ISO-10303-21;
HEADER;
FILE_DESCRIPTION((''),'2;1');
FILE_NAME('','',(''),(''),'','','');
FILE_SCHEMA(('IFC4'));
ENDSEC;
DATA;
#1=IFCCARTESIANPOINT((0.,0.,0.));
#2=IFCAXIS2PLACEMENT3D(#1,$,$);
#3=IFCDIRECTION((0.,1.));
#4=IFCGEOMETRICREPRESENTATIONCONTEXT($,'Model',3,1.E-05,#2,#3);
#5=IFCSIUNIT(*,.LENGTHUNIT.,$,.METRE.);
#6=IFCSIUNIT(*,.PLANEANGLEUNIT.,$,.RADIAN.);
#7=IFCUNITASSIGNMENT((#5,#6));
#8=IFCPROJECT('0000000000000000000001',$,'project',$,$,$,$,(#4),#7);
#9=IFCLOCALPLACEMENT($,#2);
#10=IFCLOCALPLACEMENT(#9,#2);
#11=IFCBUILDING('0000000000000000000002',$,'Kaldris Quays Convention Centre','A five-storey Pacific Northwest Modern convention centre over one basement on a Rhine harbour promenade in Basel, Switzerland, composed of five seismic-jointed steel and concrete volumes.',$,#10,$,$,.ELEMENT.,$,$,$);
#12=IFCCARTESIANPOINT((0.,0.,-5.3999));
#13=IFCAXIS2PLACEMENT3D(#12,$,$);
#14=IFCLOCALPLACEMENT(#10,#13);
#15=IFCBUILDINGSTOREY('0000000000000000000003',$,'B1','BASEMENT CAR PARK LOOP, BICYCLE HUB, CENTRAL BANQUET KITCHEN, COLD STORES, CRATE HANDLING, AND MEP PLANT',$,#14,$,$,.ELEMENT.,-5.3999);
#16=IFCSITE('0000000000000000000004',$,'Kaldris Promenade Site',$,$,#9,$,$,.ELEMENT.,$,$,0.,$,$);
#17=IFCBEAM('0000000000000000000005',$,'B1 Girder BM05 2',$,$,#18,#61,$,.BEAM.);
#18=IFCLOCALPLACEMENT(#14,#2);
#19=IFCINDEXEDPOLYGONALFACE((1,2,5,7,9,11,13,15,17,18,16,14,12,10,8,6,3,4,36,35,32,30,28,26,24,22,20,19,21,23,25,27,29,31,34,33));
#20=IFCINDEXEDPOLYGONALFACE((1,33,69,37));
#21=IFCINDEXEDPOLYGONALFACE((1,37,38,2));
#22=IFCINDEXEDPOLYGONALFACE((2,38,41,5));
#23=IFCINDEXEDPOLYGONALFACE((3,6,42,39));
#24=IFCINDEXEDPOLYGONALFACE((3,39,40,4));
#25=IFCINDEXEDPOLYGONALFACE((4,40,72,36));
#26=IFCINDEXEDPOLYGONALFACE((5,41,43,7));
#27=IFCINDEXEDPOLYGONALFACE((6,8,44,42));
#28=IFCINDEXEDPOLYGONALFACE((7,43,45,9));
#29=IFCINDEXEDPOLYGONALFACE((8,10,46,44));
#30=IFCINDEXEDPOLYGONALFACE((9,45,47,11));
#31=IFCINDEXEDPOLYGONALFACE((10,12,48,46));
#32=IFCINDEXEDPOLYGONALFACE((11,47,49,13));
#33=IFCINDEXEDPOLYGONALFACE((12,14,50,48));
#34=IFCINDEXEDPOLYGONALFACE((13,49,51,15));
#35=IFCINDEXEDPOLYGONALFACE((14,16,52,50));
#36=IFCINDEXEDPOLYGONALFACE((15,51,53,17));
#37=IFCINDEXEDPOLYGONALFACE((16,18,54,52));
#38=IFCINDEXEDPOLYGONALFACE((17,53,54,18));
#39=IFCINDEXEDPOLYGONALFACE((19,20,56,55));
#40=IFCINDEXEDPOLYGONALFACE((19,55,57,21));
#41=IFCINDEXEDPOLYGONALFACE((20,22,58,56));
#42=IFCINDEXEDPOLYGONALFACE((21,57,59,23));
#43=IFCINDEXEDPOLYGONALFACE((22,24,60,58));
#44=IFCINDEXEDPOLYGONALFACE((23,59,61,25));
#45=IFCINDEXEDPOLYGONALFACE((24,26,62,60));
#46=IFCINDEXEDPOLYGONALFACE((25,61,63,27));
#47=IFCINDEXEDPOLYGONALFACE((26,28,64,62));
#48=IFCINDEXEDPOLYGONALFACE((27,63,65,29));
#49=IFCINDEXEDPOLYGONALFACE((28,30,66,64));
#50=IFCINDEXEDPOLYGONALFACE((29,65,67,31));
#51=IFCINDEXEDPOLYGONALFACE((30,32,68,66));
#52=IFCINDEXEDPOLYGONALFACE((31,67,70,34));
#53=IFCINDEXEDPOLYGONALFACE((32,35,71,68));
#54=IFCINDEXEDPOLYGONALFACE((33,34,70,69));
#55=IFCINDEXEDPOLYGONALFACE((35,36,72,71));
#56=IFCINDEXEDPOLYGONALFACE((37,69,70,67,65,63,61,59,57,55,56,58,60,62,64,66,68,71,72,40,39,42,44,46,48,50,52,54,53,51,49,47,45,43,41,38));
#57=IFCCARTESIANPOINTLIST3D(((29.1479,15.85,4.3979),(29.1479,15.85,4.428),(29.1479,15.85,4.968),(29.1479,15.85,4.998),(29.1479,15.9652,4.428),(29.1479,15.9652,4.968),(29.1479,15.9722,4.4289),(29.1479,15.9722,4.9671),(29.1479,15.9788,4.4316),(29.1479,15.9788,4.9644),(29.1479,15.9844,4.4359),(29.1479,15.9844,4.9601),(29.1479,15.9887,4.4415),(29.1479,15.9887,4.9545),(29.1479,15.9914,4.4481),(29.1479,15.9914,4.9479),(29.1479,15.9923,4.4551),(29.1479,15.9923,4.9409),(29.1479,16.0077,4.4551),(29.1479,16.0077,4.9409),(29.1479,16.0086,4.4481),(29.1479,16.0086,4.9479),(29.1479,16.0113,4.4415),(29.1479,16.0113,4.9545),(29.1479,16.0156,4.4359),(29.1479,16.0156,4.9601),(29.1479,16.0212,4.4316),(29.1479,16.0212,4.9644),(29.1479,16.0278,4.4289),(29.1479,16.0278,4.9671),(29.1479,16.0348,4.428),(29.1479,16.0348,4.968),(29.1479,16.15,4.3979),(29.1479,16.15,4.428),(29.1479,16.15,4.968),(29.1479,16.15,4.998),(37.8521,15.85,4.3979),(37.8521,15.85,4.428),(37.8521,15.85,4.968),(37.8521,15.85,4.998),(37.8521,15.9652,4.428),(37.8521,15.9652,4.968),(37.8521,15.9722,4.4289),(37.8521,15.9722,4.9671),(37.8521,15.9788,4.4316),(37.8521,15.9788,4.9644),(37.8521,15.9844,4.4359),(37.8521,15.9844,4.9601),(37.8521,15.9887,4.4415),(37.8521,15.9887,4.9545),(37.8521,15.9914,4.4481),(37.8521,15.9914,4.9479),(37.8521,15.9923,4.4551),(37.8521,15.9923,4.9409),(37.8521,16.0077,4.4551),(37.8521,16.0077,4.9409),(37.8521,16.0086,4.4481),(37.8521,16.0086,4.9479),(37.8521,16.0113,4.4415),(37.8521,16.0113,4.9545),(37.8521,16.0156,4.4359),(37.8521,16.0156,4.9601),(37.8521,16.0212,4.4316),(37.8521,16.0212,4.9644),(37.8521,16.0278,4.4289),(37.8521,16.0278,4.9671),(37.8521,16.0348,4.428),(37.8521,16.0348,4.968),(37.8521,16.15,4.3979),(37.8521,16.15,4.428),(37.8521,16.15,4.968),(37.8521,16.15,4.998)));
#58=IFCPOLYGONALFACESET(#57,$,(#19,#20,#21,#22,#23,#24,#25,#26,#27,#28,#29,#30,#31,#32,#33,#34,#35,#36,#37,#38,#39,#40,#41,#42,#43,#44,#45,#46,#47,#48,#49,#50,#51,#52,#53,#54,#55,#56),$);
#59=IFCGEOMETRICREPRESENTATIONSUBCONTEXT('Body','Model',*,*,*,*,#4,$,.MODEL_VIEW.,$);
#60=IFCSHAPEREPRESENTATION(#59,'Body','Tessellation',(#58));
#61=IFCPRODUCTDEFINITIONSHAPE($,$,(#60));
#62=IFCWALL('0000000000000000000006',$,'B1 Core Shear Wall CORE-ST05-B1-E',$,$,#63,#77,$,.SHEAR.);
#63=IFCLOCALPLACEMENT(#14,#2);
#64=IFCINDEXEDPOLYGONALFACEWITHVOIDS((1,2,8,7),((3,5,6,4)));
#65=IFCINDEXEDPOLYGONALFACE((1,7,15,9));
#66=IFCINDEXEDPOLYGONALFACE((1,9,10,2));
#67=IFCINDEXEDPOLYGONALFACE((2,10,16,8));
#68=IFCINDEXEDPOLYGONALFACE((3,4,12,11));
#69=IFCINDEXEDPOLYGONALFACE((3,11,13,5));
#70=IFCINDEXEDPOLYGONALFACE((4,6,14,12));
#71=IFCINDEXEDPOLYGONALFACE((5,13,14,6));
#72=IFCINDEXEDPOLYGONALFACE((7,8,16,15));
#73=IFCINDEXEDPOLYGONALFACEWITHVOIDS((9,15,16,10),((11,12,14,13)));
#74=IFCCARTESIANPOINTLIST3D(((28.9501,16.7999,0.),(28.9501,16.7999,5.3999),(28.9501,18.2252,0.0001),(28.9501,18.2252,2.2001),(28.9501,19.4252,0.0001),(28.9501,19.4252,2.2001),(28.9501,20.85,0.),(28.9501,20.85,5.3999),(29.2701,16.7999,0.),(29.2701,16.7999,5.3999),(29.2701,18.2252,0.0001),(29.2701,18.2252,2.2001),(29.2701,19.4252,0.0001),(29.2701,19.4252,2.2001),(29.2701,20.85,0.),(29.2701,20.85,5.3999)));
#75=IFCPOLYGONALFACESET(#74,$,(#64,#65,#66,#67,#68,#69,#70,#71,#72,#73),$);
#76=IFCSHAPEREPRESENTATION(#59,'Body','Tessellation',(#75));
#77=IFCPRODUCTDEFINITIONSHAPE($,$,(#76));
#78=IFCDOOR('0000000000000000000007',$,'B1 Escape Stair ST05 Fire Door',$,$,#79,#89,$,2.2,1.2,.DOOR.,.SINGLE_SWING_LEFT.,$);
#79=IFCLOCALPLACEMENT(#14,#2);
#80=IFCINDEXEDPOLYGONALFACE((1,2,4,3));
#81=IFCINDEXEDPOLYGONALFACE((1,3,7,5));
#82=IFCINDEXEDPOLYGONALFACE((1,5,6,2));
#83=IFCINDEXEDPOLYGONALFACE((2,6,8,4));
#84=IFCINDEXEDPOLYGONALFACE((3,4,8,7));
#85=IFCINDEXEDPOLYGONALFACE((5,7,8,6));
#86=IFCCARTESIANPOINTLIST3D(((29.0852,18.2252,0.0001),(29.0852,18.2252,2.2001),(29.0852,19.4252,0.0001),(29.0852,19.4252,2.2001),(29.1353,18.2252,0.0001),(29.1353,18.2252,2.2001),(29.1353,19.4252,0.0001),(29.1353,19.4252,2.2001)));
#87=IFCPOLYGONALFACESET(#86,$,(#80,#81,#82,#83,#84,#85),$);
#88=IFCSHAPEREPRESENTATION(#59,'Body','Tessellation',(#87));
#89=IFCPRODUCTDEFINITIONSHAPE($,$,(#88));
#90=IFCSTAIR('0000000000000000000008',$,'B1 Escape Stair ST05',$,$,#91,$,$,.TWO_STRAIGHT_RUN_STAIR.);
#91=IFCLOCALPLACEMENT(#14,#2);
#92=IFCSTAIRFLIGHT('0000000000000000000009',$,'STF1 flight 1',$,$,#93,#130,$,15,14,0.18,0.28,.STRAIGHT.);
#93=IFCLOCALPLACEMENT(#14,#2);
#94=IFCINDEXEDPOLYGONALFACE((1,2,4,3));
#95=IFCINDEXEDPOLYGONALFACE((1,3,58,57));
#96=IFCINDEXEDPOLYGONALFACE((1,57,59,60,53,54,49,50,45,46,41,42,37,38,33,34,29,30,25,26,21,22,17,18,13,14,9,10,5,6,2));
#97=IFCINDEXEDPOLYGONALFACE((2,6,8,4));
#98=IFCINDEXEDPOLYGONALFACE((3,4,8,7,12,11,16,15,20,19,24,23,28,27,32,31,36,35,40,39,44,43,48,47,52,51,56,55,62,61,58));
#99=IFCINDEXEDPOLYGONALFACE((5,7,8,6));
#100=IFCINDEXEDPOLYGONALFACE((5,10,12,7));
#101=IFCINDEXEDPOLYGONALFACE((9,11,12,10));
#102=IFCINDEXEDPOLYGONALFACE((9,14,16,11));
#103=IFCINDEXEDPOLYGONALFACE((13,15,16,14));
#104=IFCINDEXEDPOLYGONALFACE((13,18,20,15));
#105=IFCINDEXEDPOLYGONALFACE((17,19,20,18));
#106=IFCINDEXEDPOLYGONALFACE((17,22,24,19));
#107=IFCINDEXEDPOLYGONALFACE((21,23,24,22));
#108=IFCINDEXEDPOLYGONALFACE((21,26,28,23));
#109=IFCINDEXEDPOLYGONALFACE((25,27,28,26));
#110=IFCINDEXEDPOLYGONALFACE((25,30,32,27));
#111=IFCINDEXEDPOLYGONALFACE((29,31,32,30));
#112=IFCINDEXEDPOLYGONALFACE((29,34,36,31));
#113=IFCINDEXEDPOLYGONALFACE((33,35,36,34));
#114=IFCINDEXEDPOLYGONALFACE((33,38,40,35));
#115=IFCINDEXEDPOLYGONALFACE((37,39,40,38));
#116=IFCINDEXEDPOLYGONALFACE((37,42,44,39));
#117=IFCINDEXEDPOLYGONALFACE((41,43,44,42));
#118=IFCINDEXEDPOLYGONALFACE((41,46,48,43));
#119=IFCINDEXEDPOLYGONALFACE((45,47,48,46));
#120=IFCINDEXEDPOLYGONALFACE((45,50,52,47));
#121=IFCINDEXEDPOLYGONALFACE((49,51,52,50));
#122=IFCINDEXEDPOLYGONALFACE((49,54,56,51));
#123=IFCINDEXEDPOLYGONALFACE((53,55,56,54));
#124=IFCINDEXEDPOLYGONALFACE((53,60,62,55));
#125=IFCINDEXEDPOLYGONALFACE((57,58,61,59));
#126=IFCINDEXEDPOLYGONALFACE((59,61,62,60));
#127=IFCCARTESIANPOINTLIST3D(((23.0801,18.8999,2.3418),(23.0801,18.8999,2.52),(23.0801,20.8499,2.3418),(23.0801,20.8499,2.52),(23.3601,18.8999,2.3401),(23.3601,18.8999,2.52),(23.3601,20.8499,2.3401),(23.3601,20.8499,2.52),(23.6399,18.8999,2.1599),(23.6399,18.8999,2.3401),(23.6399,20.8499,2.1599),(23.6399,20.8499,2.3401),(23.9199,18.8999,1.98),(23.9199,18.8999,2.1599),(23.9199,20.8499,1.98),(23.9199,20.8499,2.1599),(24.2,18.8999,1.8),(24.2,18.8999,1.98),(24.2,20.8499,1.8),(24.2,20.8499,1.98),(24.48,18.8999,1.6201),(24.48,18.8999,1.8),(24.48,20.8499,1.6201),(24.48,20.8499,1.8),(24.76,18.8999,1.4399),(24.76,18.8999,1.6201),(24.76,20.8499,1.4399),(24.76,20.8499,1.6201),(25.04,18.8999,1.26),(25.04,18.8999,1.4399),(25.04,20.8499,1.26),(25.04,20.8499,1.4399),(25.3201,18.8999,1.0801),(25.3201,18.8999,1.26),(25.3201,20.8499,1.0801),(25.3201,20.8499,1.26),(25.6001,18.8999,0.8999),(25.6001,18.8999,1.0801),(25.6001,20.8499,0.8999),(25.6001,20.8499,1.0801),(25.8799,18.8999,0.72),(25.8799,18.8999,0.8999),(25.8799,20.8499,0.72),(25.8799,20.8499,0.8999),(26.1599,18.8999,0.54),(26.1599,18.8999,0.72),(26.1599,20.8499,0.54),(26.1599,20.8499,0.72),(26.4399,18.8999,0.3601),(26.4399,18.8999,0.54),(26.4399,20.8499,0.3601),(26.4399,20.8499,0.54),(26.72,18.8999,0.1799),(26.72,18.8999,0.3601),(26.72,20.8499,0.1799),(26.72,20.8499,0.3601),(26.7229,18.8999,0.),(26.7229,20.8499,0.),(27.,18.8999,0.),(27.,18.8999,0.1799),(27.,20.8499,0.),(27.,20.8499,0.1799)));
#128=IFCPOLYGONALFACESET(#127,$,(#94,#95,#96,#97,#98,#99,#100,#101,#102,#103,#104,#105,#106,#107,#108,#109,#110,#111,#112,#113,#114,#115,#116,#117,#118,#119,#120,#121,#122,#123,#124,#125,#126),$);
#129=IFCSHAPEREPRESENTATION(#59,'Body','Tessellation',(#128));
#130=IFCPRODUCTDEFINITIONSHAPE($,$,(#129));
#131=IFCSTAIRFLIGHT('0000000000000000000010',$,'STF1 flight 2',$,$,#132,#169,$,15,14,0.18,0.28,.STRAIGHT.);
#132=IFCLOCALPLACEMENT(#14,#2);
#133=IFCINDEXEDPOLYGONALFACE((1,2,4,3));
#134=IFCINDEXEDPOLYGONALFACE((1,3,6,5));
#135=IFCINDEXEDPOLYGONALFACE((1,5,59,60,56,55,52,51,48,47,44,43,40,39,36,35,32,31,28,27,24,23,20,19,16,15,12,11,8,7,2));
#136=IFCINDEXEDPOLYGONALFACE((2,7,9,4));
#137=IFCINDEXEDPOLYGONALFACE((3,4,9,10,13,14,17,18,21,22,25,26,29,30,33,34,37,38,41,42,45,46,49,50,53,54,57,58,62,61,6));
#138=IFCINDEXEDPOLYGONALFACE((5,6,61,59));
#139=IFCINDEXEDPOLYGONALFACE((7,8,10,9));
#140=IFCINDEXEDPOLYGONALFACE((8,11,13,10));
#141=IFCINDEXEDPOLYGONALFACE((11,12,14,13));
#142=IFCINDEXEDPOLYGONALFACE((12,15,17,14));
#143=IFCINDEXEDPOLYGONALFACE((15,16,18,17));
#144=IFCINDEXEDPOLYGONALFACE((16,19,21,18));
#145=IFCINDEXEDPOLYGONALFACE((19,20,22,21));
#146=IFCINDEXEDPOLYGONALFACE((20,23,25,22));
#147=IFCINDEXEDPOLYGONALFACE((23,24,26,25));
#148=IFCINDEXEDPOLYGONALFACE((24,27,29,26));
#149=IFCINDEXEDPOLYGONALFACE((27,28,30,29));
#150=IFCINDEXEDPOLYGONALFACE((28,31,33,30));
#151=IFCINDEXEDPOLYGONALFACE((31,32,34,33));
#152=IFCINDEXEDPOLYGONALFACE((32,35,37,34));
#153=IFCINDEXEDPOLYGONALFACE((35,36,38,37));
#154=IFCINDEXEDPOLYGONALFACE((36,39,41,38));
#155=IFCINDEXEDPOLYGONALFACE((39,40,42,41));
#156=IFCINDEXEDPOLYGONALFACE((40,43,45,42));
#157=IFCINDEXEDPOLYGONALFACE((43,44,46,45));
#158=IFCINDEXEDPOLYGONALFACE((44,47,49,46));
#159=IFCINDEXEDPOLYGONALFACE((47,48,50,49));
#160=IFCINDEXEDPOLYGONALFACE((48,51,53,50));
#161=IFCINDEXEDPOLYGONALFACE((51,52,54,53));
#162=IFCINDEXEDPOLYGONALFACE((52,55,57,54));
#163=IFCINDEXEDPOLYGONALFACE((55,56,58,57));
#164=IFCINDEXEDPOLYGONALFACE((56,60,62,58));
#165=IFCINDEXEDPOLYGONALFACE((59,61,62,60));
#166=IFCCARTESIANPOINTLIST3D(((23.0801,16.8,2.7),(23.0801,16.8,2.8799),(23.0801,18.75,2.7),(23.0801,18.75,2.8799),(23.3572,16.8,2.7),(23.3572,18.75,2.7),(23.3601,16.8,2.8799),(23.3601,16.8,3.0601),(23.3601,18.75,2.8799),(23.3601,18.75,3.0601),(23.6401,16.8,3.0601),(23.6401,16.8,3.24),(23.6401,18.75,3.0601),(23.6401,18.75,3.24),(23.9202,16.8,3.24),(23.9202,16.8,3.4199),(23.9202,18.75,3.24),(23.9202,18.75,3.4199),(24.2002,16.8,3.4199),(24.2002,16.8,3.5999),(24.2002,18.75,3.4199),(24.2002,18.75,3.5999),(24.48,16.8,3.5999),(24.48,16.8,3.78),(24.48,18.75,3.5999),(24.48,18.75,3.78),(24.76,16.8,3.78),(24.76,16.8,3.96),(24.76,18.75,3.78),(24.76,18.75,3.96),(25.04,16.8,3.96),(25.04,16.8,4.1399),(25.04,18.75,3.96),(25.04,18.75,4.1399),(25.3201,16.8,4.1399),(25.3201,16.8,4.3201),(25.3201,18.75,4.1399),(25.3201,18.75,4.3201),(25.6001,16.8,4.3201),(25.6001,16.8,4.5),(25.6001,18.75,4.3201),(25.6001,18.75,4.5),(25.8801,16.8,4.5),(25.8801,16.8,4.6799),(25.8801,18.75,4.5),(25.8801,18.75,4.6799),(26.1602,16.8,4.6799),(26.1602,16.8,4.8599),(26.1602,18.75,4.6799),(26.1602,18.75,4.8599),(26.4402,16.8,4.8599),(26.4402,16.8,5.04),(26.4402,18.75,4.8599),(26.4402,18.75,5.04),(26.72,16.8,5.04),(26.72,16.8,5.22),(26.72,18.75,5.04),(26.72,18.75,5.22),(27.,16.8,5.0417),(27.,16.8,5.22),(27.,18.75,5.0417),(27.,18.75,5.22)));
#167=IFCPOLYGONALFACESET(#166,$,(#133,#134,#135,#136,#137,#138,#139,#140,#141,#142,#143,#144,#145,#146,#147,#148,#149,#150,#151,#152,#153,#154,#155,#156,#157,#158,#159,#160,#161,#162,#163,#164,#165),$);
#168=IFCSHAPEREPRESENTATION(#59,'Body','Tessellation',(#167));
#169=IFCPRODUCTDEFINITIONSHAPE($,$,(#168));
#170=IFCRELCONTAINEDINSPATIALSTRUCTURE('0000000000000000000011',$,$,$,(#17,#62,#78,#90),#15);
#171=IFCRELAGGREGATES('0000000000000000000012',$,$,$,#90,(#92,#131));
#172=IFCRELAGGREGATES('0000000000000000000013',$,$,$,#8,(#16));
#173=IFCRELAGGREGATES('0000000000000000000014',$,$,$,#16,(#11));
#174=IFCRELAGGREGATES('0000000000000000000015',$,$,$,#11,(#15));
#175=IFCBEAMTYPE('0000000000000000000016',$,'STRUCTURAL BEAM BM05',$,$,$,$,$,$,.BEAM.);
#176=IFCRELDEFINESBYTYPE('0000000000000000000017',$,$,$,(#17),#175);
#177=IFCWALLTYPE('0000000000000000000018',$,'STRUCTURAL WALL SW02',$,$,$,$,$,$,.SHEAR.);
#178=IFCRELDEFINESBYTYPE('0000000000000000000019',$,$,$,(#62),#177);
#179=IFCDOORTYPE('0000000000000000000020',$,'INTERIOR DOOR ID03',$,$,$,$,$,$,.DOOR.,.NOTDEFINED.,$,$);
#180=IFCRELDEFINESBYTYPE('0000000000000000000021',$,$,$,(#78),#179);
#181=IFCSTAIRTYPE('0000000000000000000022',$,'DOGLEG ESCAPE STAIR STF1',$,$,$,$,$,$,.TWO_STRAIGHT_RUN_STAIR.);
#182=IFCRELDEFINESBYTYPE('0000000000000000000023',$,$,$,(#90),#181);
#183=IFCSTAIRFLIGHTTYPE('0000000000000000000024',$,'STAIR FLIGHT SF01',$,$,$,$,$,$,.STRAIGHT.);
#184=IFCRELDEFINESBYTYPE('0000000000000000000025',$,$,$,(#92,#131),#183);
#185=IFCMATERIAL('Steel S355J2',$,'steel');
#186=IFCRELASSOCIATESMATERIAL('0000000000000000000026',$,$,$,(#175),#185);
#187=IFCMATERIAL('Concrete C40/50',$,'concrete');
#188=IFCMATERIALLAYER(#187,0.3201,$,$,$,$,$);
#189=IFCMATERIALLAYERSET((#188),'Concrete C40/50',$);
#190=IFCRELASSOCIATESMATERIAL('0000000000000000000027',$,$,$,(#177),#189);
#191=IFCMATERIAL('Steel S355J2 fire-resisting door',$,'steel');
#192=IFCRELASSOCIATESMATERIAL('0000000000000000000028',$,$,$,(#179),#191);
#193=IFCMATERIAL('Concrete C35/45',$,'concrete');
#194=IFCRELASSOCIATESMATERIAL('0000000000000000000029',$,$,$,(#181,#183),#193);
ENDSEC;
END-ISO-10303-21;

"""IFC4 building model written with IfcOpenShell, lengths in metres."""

from ifc_helpers import new_model, si_unit, direction, frame, frame_2d, origin, origin_2d, place, context, subcontext, project, spatial, polyline, rectangle, i_section, outline, extrude, material, layer, layer_set, material_profile, profile_set, type_object, element, fill, aggregate, save


model = new_model("IFC4")

# Units and contexts
model_context = context("Model", 3, precision=1e-05, world=origin(), true_north=direction((0.0, 1.0)))
body_context = subcontext(model_context, "Body", "Model", "MODEL_VIEW")
ifc_project = project(units=[si_unit("LENGTHUNIT", "METRE"), si_unit("PLANEANGLEUNIT", "RADIAN")], contexts=[model_context])

# Site, building, storey
site_placement = place(None, origin())
site = spatial("IfcSite", under=ifc_project, at=site_placement, Name="Kaldris Promenade Site", CompositionType="ELEMENT", RefElevation=0.0)
building_placement = place(site_placement, origin())
building = spatial("IfcBuilding", under=site, at=building_placement, Name="Kaldris Quays Convention Centre", Description="A five-storey Pacific Northwest Modern convention centre over one basement on a Rhine harbour promenade in Basel, Switzerland, composed of five seismic-jointed steel and concrete volumes.", CompositionType="ELEMENT")
storey_placement = place(building_placement, frame((0.0, 0.0, -5.3999)))
storey = spatial("IfcBuildingStorey", under=building, at=storey_placement, Name="B1", Description="BASEMENT CAR PARK LOOP, BICYCLE HUB, CENTRAL BANQUET KITCHEN, COLD STORES, CRATE HANDLING, AND MEP PLANT", CompositionType="ELEMENT", Elevation=-5.3999)

# Shared definitions
ifc_material_1 = material(Name="Concrete C35/45", Category="concrete")

# Beam
ifc_material_2 = material(Name="Steel S355J2", Category="steel")
ifc_material_profile_1 = material_profile(ifc_material_2, i_section(OverallWidth=0.3, OverallDepth=0.6001, WebThickness=0.0154, FlangeThickness=0.03, FilletRadius=0.0271, at=origin_2d()), Name="HEB 600")
ifc_profile_set_1 = profile_set([ifc_material_profile_1], Name="Steel S355J2")
beam_type = type_object("IfcBeamType", Name="STRUCTURAL BEAM BM05", PredefinedType="BEAM", material=ifc_profile_set_1)
beam_placement = place(storey_placement, frame((29.1479, 16.0, 4.698), z_axis=(1.0, 0.0, 0.0), x_axis=(0.0, 1.0, 0.0)))
element("IfcBeam", 1, at=beam_placement, inside=storey, type_object=beam_type, Name="B1 Girder BM05 2", PredefinedType="BEAM", context=body_context, shape_type="SweptSolid", body=[
    extrude(i_section(OverallWidth=0.3, OverallDepth=0.6001, WebThickness=0.0154, FlangeThickness=0.03, FilletRadius=0.0271, at=origin_2d()), origin(), (0.0, 0.0, 1.0), 8.7041),
])

# Wall, opening, door
ifc_material_3 = material(Name="Concrete C40/50", Category="concrete")
ifc_layer = layer(ifc_material_3, 0.3201)
ifc_layer_set = layer_set([ifc_layer], Name="Concrete C40/50")
wall_type = type_object("IfcWallType", Name="STRUCTURAL WALL SW02", PredefinedType="SHEAR", material=ifc_layer_set)
wall_placement = place(storey_placement, frame((29.1101, 16.8, 0.0), z_axis=(0.0, 0.0, 1.0), x_axis=(0.0, 1.0, 0.0)))
wall = element("IfcWall", 2, at=wall_placement, inside=storey, type_object=wall_type, Name="B1 Core Shear Wall CORE-ST05-B1-E", PredefinedType="SHEAR", context=body_context, shape_type="SweptSolid", body=[
    extrude(rectangle(XDim=4.05, YDim=0.3201, at=frame_2d((2.0249, 0.0))), origin(), (0.0, 0.0, 1.0), 5.3999),
])
opening_placement = place(wall_placement, frame((1.425, 0.0, 0.0)))
opening = element("IfcOpeningElement", 3, at=opening_placement, cuts=wall, PredefinedType="OPENING", context=body_context, shape_type="SweptSolid", body=[
    extrude(rectangle(XDim=1.2, YDim=2.2, at=frame_2d((0.6001, 1.1001))), frame((0.0, 0.1699, 0.0), z_axis=(0.0, -1.0, 0.0), x_axis=(1.0, 0.0, 0.0)), (0.0, 0.0, 1.0), 0.3401),
])
ifc_material_4 = material(Name="Steel S355J2 fire-resisting door", Category="steel")
door_type = type_object("IfcDoorType", Name="INTERIOR DOOR ID03", OperationType="NOTDEFINED", PredefinedType="DOOR", material=ifc_material_4)
door_placement = place(opening_placement, origin())
door = element("IfcDoor", 4, at=door_placement, inside=storey, type_object=door_type, Name="B1 Escape Stair ST05 Fire Door", OperationType="SINGLE_SWING_LEFT", OverallHeight=2.2, OverallWidth=1.2, PredefinedType="DOOR", context=body_context, shape_type="SweptSolid", body=[
    extrude(rectangle(XDim=1.2, YDim=2.2, at=frame_2d((0.6001, 1.1001))), frame((0.0, 0.0249, 0.0), z_axis=(0.0, -1.0, 0.0), x_axis=(1.0, 0.0, 0.0)), (0.0, 0.0, 1.0), 0.05),
])
fill(opening, door)

# Stair, stair flights
stair_type = type_object("IfcStairType", Name="DOGLEG ESCAPE STAIR STF1", PredefinedType="TWO_STRAIGHT_RUN_STAIR", material=ifc_material_1)
stair_placement = place(storey_placement, origin())
stair = element("IfcStair", 5, at=stair_placement, inside=storey, type_object=stair_type, Name="B1 Escape Stair ST05", PredefinedType="TWO_STRAIGHT_RUN_STAIR")
stair_flight_type = type_object("IfcStairFlightType", Name="STAIR FLIGHT SF01", PredefinedType="STRAIGHT", material=ifc_material_1)
stair_flight_1_placement = place(storey_placement, frame((27.0, 19.875, 0.0), z_axis=(0.0, 0.0, 1.0), x_axis=(-1.0, 0.0, 0.0)))
stair_flight_1 = element("IfcStairFlight", 6, at=stair_flight_1_placement, type_object=stair_flight_type, Name="STF1 flight 1", NumberOfRisers=15, NumberOfTreads=14, PredefinedType="STRAIGHT", RiserHeight=0.18, TreadLength=0.28, context=body_context, shape_type="SweptSolid", body=[
    extrude(outline(polyline([(0.0, 0.0), (0.0, 0.1799), (0.28, 0.1799), (0.28, 0.3601), (0.5601, 0.3601), (0.5601, 0.54), (0.8401, 0.54), (0.8401, 0.72), (1.1201, 0.72), (1.1201, 0.8999), (1.3999, 0.8999), (1.3999, 1.0801), (1.6799, 1.0801), (1.6799, 1.26), (1.96, 1.26), (1.96, 1.4399), (2.24, 1.4399), (2.24, 1.6201), (2.52, 1.6201), (2.52, 1.8), (2.8, 1.8), (2.8, 1.98), (3.0801, 1.98), (3.0801, 2.1599), (3.3601, 2.1599), (3.3601, 2.3401), (3.6399, 2.3401), (3.6399, 2.52), (3.9199, 2.52), (3.9199, 2.7), (3.9199, 2.3418), (0.2771, 0.0), (0.0, 0.0)])), frame((0.0, 0.9751, 0.0), z_axis=(0.0, -1.0, 0.0), x_axis=(1.0, 0.0, 0.0)), (0.0, 0.0, 1.0), 1.95),
])
stair_flight_2_placement = place(storey_placement, frame((23.0801, 17.7749, 2.7), z_axis=(0.0, 0.0, 1.0), x_axis=(1.0, 0.0, 0.0)))
stair_flight_2 = element("IfcStairFlight", 7, at=stair_flight_2_placement, type_object=stair_flight_type, Name="STF1 flight 2", NumberOfRisers=15, NumberOfTreads=14, PredefinedType="STRAIGHT", RiserHeight=0.18, TreadLength=0.28, context=body_context, shape_type="SweptSolid", body=[
    extrude(outline(polyline([(0.0, 0.0), (0.0, 0.1799), (0.28, 0.1799), (0.28, 0.3601), (0.5601, 0.3601), (0.5601, 0.54), (0.8401, 0.54), (0.8401, 0.72), (1.1201, 0.72), (1.1201, 0.8999), (1.3999, 0.8999), (1.3999, 1.0801), (1.6799, 1.0801), (1.6799, 1.26), (1.96, 1.26), (1.96, 1.4399), (2.24, 1.4399), (2.24, 1.6201), (2.52, 1.6201), (2.52, 1.8), (2.8, 1.8), (2.8, 1.98), (3.0801, 1.98), (3.0801, 2.1599), (3.3601, 2.1599), (3.3601, 2.3401), (3.6399, 2.3401), (3.6399, 2.52), (3.9199, 2.52), (3.9199, 2.7), (3.9199, 2.3418), (0.2771, 0.0), (0.0, 0.0)])), frame((0.0, 0.9751, 0.0), z_axis=(0.0, -1.0, 0.0), x_axis=(1.0, 0.0, 0.0)), (0.0, 0.0, 1.0), 1.95),
])
aggregate(stair, [stair_flight_1, stair_flight_2])

save(model, "model.ifc")
